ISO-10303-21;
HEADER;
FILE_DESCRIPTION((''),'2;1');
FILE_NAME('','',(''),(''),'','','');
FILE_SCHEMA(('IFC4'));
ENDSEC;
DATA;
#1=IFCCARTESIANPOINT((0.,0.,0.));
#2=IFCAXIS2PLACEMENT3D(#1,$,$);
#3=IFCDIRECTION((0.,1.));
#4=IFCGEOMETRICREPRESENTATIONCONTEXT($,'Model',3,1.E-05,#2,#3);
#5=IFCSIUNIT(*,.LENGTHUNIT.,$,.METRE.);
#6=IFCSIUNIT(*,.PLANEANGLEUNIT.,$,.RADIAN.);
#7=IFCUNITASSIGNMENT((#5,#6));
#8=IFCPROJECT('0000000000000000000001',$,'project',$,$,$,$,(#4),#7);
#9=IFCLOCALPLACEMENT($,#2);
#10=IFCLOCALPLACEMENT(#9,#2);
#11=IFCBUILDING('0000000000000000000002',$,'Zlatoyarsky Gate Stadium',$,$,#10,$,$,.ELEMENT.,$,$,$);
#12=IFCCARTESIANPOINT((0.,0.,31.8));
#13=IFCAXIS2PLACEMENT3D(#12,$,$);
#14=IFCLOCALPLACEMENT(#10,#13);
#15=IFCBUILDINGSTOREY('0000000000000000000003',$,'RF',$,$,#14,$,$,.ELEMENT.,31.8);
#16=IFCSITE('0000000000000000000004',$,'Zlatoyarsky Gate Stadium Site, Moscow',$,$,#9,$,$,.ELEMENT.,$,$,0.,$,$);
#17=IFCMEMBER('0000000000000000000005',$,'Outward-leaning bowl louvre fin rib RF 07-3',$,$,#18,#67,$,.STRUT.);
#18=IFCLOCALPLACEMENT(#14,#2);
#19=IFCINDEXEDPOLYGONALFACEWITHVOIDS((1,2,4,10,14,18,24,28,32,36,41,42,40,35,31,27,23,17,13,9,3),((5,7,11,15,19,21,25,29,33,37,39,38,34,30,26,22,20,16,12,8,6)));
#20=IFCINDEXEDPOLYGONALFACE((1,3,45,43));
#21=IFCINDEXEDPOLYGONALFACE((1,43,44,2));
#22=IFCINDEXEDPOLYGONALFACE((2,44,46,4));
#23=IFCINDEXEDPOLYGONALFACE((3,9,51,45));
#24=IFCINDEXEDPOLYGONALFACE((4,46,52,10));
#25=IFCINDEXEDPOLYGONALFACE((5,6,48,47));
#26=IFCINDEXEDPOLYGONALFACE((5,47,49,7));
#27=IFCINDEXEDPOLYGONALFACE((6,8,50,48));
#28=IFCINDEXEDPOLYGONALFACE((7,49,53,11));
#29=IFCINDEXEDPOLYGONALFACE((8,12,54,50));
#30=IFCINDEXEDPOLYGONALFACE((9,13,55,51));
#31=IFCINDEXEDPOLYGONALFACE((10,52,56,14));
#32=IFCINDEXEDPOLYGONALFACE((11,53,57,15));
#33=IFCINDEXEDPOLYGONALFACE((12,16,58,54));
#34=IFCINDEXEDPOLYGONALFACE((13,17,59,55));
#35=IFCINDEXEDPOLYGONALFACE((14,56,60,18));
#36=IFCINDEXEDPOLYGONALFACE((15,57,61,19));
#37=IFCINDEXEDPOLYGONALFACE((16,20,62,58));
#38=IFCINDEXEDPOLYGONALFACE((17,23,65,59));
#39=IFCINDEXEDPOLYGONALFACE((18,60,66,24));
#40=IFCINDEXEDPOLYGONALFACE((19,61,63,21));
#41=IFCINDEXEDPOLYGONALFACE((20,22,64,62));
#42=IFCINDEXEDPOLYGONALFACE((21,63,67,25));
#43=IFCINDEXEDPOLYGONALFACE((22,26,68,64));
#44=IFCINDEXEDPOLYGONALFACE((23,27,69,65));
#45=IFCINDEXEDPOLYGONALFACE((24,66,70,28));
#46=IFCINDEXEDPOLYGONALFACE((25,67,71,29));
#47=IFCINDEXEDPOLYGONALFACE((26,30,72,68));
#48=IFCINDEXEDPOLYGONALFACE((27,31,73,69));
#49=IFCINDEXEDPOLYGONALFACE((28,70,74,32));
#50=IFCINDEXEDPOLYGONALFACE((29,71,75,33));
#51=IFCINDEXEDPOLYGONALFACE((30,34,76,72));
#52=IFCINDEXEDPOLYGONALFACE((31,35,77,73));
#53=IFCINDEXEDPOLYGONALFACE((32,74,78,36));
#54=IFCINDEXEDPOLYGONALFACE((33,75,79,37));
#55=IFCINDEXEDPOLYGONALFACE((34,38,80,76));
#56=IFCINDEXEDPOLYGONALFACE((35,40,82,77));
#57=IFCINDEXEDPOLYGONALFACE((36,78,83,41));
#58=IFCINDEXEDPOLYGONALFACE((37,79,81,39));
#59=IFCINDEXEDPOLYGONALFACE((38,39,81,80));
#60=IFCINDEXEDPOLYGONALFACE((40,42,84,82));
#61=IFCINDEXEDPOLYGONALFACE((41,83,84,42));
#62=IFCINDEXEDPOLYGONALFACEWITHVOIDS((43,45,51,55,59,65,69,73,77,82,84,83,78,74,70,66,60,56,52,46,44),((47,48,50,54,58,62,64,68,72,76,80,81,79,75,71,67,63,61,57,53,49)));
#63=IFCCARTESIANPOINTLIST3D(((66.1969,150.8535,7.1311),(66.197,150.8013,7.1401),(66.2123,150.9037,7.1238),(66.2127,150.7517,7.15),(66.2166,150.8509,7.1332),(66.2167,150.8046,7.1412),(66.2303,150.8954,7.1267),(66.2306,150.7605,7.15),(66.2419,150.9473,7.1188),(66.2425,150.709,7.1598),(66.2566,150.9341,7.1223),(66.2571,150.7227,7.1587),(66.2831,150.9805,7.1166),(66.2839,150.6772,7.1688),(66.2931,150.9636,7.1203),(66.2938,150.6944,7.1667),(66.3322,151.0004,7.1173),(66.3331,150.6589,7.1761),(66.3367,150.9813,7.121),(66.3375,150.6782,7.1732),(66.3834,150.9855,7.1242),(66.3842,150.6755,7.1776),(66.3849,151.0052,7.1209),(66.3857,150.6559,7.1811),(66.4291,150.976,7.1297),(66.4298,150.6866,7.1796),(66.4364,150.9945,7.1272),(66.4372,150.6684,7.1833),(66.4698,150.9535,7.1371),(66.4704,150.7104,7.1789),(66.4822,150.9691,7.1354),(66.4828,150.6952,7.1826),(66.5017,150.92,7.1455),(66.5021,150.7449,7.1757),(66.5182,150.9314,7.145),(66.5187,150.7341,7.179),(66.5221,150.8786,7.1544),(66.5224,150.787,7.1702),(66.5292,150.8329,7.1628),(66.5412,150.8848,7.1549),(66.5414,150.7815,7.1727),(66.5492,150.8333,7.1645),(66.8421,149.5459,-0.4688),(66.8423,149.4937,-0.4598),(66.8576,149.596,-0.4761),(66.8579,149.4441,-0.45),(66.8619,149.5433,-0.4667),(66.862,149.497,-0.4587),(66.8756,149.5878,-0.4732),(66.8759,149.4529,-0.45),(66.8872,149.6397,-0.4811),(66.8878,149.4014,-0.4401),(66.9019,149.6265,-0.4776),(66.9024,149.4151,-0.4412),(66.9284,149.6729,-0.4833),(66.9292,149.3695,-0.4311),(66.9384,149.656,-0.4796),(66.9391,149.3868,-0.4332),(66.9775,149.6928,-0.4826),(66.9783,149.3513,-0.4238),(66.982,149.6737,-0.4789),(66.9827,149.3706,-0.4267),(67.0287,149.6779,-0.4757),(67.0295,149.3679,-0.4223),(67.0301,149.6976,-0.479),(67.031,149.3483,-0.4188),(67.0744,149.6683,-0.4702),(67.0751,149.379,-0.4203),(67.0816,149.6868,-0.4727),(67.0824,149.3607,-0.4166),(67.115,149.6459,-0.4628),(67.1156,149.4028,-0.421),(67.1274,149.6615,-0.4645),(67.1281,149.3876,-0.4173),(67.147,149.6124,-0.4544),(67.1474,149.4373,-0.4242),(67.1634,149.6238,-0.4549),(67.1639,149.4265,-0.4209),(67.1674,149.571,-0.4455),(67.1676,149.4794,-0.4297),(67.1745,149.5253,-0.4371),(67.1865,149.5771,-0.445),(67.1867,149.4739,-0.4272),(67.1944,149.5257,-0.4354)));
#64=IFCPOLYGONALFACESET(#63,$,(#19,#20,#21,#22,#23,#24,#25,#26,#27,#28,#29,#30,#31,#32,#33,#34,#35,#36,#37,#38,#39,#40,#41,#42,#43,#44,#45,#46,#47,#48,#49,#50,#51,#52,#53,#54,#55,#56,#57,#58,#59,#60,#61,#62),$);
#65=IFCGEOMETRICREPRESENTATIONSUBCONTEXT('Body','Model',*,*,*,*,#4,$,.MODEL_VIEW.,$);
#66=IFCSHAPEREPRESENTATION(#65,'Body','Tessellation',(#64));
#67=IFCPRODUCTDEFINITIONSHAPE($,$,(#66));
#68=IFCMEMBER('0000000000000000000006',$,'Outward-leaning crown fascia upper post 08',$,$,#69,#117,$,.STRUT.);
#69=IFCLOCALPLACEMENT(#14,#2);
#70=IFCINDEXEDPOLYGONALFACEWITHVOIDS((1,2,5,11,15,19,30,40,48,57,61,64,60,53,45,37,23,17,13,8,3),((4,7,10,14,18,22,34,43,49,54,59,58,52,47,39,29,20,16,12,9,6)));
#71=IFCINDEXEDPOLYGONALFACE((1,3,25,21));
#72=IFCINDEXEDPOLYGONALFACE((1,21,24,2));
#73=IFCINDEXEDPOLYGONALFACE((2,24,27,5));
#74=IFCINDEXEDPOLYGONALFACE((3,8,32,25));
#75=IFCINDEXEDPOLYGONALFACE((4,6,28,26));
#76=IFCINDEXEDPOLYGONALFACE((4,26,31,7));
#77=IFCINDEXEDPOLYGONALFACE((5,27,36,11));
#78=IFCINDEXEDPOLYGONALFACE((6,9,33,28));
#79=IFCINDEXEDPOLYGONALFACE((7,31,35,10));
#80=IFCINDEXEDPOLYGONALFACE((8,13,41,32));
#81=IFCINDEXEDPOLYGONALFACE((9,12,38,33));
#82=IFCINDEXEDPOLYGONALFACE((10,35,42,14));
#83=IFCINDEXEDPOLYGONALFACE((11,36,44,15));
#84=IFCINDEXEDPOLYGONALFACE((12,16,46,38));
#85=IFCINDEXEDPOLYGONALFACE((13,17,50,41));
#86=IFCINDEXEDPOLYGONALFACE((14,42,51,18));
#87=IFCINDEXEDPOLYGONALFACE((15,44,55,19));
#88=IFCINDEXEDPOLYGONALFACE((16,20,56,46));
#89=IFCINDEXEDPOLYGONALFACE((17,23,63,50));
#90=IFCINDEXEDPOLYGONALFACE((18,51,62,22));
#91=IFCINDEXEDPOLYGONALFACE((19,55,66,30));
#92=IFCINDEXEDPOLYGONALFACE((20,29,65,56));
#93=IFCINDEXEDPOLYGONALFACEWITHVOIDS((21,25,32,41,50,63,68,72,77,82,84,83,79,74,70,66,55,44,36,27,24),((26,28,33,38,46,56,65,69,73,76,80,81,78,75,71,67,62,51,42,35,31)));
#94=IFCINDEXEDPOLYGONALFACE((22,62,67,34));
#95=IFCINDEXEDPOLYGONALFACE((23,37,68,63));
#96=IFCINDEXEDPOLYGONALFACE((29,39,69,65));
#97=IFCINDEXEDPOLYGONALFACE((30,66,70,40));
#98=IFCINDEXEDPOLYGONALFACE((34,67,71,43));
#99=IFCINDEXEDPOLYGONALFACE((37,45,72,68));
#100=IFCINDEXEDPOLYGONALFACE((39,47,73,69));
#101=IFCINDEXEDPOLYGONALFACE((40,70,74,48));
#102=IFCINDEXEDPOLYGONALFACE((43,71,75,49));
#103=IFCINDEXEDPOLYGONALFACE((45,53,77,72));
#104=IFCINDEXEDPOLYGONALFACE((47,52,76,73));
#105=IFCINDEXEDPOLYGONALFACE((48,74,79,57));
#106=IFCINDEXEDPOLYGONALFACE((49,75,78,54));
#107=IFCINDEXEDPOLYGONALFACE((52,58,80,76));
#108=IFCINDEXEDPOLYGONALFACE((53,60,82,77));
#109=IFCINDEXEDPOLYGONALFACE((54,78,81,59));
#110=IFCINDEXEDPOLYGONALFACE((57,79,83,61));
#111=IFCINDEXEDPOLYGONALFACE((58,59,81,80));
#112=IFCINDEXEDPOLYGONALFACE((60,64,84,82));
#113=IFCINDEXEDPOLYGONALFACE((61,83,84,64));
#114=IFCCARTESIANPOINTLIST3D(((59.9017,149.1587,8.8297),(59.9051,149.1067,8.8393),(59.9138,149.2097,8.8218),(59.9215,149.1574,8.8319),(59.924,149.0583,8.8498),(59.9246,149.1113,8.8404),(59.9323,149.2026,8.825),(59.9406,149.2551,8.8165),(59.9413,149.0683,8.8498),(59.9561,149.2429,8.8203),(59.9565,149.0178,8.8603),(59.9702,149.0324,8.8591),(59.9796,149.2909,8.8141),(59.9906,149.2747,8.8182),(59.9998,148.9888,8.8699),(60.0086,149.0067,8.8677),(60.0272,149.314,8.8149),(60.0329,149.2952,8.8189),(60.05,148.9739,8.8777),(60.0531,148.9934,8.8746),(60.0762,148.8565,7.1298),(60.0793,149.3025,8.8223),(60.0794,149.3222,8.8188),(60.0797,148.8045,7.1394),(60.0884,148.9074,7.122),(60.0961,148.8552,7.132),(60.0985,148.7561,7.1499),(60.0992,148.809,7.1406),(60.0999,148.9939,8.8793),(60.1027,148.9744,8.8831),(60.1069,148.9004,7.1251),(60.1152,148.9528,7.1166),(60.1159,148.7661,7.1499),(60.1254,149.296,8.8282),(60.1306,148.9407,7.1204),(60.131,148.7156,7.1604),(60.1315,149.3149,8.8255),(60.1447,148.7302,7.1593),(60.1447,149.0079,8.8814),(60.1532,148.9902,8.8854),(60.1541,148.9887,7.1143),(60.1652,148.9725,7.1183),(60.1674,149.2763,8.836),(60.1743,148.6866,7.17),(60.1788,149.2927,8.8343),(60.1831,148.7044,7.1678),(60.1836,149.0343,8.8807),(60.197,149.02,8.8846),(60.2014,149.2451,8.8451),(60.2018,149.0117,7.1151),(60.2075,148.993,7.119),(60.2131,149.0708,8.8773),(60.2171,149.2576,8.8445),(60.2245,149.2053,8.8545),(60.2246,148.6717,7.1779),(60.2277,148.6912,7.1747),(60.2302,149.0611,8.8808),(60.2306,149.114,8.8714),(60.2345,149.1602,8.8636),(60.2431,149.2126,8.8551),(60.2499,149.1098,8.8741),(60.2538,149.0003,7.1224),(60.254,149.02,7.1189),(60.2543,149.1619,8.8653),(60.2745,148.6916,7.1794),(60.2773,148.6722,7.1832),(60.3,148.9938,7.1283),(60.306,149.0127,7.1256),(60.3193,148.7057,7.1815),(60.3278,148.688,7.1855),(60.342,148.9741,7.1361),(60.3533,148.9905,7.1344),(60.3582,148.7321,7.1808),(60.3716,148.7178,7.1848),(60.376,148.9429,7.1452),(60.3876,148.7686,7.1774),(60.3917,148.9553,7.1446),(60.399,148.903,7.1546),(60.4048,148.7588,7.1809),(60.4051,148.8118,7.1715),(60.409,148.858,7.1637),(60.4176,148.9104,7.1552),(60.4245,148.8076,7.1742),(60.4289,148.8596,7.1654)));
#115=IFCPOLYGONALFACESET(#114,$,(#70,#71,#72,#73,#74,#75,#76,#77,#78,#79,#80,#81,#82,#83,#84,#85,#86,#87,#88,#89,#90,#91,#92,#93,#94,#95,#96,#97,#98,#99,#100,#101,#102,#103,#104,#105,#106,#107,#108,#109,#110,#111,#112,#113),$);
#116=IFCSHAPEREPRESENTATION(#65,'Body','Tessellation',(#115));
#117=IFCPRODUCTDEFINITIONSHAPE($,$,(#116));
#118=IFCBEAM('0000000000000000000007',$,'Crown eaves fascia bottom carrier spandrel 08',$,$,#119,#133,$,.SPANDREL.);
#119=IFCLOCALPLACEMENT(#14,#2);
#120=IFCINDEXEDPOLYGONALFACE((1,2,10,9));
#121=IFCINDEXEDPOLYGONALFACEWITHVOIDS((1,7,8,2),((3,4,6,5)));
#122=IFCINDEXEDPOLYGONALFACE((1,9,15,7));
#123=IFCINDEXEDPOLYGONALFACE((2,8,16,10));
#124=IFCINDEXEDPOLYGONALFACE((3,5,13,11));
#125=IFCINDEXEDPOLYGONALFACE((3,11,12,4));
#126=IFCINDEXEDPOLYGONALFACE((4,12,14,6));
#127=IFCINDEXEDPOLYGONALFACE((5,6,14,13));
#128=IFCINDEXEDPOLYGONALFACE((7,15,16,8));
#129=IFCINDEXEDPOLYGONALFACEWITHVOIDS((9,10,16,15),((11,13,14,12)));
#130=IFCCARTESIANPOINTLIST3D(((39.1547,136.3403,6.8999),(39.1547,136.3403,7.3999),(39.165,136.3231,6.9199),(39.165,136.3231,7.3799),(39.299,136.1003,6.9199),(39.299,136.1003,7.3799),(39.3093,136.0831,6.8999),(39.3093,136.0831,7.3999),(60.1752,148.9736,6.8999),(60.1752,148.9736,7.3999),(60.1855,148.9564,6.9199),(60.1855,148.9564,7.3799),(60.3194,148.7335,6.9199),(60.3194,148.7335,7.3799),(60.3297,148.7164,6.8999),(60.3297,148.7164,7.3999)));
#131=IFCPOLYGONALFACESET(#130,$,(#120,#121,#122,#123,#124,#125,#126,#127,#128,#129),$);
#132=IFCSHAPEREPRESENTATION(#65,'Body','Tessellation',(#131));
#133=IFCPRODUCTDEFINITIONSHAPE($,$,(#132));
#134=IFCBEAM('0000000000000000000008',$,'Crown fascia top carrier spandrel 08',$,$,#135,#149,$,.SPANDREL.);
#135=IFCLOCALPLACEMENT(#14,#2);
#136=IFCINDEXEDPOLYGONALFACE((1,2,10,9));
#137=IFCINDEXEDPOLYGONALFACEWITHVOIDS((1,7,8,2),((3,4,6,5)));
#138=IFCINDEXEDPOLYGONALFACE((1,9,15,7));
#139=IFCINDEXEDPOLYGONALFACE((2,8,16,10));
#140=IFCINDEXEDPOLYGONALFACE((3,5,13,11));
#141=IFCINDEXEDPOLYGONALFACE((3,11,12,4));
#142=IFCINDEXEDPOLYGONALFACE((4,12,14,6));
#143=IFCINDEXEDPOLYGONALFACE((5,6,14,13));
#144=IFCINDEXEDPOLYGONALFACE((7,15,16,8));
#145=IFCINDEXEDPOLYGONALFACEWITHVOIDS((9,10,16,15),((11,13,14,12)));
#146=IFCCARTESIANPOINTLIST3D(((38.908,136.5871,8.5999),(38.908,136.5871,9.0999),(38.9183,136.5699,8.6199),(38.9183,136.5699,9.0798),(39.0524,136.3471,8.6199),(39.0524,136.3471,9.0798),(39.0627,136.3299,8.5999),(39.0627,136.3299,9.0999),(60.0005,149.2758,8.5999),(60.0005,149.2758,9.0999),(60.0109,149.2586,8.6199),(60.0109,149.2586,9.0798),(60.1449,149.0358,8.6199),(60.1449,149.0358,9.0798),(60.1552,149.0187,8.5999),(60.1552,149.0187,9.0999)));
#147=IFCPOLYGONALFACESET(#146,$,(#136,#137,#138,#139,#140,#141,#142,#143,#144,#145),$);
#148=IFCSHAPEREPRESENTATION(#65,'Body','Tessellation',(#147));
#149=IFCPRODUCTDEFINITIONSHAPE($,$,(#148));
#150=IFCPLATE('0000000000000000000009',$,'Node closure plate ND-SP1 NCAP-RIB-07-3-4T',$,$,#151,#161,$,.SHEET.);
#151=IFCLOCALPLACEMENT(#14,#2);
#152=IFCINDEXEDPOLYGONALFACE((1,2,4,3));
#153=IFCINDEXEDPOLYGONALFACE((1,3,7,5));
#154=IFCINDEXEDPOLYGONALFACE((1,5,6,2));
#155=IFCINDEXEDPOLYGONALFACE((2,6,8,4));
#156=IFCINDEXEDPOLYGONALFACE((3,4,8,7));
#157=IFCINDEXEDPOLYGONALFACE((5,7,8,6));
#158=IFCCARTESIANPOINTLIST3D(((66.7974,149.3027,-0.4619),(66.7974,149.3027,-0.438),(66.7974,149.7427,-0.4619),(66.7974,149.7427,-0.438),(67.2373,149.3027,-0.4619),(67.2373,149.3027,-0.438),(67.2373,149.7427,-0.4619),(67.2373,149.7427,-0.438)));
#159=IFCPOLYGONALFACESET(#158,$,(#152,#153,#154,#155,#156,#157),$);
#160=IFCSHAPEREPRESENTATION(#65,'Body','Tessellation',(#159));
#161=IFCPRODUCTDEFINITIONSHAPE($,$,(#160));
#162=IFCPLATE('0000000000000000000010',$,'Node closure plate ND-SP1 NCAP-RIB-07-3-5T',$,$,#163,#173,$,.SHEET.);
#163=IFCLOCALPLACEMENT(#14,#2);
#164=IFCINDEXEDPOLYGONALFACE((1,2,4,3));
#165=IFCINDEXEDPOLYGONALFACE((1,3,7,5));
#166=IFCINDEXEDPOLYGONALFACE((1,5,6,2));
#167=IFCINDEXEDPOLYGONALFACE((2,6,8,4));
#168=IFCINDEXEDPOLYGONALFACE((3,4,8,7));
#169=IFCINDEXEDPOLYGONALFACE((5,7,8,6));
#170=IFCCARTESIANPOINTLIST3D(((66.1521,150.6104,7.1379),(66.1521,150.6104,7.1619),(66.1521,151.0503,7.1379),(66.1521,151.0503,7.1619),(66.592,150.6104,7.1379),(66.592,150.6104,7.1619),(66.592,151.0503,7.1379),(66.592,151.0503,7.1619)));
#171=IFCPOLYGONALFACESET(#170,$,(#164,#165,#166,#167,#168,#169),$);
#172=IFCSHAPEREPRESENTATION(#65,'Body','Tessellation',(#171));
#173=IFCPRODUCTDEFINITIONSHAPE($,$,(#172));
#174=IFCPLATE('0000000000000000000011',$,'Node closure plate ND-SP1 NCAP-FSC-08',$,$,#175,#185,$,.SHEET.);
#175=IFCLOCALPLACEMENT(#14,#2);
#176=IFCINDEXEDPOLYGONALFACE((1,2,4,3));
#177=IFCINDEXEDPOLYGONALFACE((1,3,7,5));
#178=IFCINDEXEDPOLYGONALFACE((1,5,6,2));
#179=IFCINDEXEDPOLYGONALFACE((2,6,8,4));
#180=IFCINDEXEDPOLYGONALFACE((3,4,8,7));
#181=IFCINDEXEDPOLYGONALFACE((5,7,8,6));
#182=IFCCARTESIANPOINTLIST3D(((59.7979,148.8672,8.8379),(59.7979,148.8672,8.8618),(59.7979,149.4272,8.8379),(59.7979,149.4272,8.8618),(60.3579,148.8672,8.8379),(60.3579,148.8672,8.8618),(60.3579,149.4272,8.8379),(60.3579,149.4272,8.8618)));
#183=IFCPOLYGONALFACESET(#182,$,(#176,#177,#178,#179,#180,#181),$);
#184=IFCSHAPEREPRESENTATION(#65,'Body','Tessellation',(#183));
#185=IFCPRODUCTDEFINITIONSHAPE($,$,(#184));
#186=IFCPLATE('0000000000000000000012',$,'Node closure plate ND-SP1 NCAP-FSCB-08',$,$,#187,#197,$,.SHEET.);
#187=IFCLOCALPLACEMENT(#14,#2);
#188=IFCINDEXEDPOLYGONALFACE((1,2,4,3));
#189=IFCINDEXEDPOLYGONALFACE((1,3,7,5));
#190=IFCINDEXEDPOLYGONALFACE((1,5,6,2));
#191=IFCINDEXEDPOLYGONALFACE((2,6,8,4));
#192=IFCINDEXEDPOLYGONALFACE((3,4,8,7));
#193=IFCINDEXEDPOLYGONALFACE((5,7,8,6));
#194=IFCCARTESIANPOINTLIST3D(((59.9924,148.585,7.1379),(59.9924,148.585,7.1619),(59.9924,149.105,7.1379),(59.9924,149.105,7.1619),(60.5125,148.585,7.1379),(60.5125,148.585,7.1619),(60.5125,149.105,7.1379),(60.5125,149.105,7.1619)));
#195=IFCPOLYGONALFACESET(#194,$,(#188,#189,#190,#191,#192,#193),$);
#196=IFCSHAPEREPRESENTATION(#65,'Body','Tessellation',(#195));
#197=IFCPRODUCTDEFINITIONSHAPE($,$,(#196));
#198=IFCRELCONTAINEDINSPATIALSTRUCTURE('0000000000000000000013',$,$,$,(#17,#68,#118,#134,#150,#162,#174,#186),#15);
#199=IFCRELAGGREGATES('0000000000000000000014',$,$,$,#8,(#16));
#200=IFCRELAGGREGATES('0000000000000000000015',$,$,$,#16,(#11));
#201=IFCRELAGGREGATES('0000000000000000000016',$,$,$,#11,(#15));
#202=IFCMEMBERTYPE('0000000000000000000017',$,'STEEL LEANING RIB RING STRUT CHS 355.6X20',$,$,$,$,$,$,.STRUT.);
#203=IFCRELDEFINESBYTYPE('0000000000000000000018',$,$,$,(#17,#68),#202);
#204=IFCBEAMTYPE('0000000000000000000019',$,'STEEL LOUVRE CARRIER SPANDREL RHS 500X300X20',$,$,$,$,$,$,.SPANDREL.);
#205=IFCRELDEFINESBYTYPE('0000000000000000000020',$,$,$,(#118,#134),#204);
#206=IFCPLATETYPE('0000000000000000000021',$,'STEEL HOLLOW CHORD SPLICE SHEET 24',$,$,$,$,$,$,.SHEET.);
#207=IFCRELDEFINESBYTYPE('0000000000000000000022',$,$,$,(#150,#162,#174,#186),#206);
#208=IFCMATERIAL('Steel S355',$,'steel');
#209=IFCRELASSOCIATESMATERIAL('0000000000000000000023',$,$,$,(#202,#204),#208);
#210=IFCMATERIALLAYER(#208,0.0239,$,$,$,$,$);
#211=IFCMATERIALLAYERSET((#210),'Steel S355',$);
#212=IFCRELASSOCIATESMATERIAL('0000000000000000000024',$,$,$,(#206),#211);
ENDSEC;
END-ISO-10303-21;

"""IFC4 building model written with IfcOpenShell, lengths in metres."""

from ifc_helpers import new_model, si_unit, direction, frame, origin, origin_2d, place, context, subcontext, project, spatial, rectangle, hollow_rectangle, hollow_circle, extrude, material, layer, layer_set, material_profile, profile_set, type_object, element, save


model = new_model("IFC4")

# Units and contexts
model_context = context("Model", 3, precision=1e-05, world=origin(), true_north=direction((0.0, 1.0)))
body_context = subcontext(model_context, "Body", "Model", "MODEL_VIEW")
ifc_project = project(units=[si_unit("LENGTHUNIT", "METRE"), si_unit("PLANEANGLEUNIT", "RADIAN")], contexts=[model_context])

# Site, building, storey
site_placement = place(None, origin())
site = spatial("IfcSite", under=ifc_project, at=site_placement, Name="Zlatoyarsky Gate Stadium Site, Moscow", CompositionType="ELEMENT", RefElevation=0.0)
building_placement = place(site_placement, origin())
building = spatial("IfcBuilding", under=site, at=building_placement, Name="Zlatoyarsky Gate Stadium", CompositionType="ELEMENT")
storey_placement = place(building_placement, frame((0.0, 0.0, 31.8)))
storey = spatial("IfcBuildingStorey", under=building, at=storey_placement, Name="RF", CompositionType="ELEMENT", Elevation=31.8)

# Members
ifc_material_1 = material(Name="Steel S355", Category="steel")
ifc_material_profile_1 = material_profile(ifc_material_1, hollow_circle(Radius=0.1777, WallThickness=0.02, at=origin_2d()), Name="CHS 355.6X20")
ifc_profile_set_1 = profile_set([ifc_material_profile_1], Name="Steel S355")
member_type_1 = type_object("IfcMemberType", Name="STEEL LEANING RIB RING STRUT CHS 355.6X20", PredefinedType="STRUT", material=ifc_profile_set_1)
member_1_placement = place(storey_placement, frame((67.0173, 149.5227, -0.45), z_axis=(-0.083384, 0.168976, 0.982087), x_axis=(-0.896759, -0.442519, 0.0)))
element("IfcMember", 1, at=member_1_placement, inside=storey, type_object=member_type_1, Name="Outward-leaning bowl louvre fin rib RF 07-3", PredefinedType="STRUT", context=body_context, shape_type="SweptSolid", body=[
    extrude(hollow_circle(Radius=0.1777, WallThickness=0.02, at=origin_2d()), origin(), (0.0, 0.0, 1.0), 7.7385),
])
member_2_placement = place(storey_placement, frame((60.2524, 148.845, 7.1499), z_axis=(-0.100587, 0.174164, 0.979566), x_axis=(-0.865953, -0.500126, 0.0)))
element("IfcMember", 2, at=member_2_placement, inside=storey, type_object=member_type_1, Name="Outward-leaning crown fascia upper post 08", PredefinedType="STRUT", context=body_context, shape_type="SweptSolid", body=[
    extrude(hollow_circle(Radius=0.1777, WallThickness=0.02, at=origin_2d()), origin(), (0.0, 0.0, 1.0), 1.7354),
])

# Beams
ifc_material_profile_2 = material_profile(ifc_material_1, hollow_rectangle(XDim=0.3, YDim=0.5, WallThickness=0.02, at=origin_2d()), Name="RHS 500X300X20")
ifc_profile_set_2 = profile_set([ifc_material_profile_2], Name="Steel S355")
beam_type = type_object("IfcBeamType", Name="STEEL LOUVRE CARRIER SPANDREL RHS 500X300X20", PredefinedType="SPANDREL", material=ifc_profile_set_2)
beam_1_placement = place(storey_placement, frame((60.2524, 148.845, 7.1499), z_axis=(-0.857115, -0.515125, 0.0), x_axis=(0.515125, -0.857115, 0.0)))
element("IfcBeam", 3, at=beam_1_placement, inside=storey, type_object=beam_type, Name="Crown eaves fascia bottom carrier spandrel 08", PredefinedType="SPANDREL", context=body_context, shape_type="SweptSolid", body=[
    extrude(hollow_rectangle(XDim=0.3, YDim=0.5, WallThickness=0.02, at=origin_2d()), origin(), (0.0, 0.0, 1.0), 24.5247),
])
beam_2_placement = place(storey_placement, frame((60.0779, 149.1472, 8.8499), z_axis=(-0.856897, -0.515487, 0.0), x_axis=(0.515487, -0.856897, 0.0)))
element("IfcBeam", 4, at=beam_2_placement, inside=storey, type_object=beam_type, Name="Crown fascia top carrier spandrel 08", PredefinedType="SPANDREL", context=body_context, shape_type="SweptSolid", body=[
    extrude(hollow_rectangle(XDim=0.3, YDim=0.5, WallThickness=0.02, at=origin_2d()), origin(), (0.0, 0.0, 1.0), 24.615),
])

# Plates
ifc_layer_1 = layer(ifc_material_1, 0.0239)
ifc_layer_set_1 = layer_set([ifc_layer_1], Name="Steel S355")
plate_type_1 = type_object("IfcPlateType", Name="STEEL HOLLOW CHORD SPLICE SHEET 24", PredefinedType="SHEET", material=ifc_layer_set_1)
for number, where, z_axis, x_axis, name in (
    (5, (67.0173, 149.5227, -0.4619), (0.0, 0.0, 1.0), (1.0, 0.0, 0.0), "Node closure plate ND-SP1 NCAP-RIB-07-3-4T"),
    (6, (66.3721, 150.8303, 7.1379), (0.0, 0.0, 1.0), (1.0, 0.0, 0.0), "Node closure plate ND-SP1 NCAP-RIB-07-3-5T"),
):
    element("IfcPlate", number, at=place(storey_placement, frame(where, z_axis=z_axis, x_axis=x_axis)), inside=storey, type_object=plate_type_1, Name=name, PredefinedType="SHEET", context=body_context, shape_type="SweptSolid", body=[
        extrude(rectangle(XDim=0.4399, YDim=0.4399, at=origin_2d()), origin(), (0.0, 0.0, 1.0), 0.0239),
    ])
plate_1_placement = place(storey_placement, frame((60.0779, 149.1472, 8.8379), z_axis=(0.0, 0.0, 1.0), x_axis=(1.0, 0.0, 0.0)))
element("IfcPlate", 7, at=plate_1_placement, inside=storey, type_object=plate_type_1, Name="Node closure plate ND-SP1 NCAP-FSC-08", PredefinedType="SHEET", context=body_context, shape_type="SweptSolid", body=[
    extrude(rectangle(XDim=0.5601, YDim=0.5601, at=origin_2d()), origin(), (0.0, 0.0, 1.0), 0.0239),
])
plate_2_placement = place(storey_placement, frame((60.2524, 148.845, 7.1379), z_axis=(0.0, 0.0, 1.0), x_axis=(1.0, 0.0, 0.0)))
element("IfcPlate", 8, at=plate_2_placement, inside=storey, type_object=plate_type_1, Name="Node closure plate ND-SP1 NCAP-FSCB-08", PredefinedType="SHEET", context=body_context, shape_type="SweptSolid", body=[
    extrude(rectangle(XDim=0.52, YDim=0.52, at=origin_2d()), origin(), (0.0, 0.0, 1.0), 0.0239),
])

save(model, "model.ifc")
